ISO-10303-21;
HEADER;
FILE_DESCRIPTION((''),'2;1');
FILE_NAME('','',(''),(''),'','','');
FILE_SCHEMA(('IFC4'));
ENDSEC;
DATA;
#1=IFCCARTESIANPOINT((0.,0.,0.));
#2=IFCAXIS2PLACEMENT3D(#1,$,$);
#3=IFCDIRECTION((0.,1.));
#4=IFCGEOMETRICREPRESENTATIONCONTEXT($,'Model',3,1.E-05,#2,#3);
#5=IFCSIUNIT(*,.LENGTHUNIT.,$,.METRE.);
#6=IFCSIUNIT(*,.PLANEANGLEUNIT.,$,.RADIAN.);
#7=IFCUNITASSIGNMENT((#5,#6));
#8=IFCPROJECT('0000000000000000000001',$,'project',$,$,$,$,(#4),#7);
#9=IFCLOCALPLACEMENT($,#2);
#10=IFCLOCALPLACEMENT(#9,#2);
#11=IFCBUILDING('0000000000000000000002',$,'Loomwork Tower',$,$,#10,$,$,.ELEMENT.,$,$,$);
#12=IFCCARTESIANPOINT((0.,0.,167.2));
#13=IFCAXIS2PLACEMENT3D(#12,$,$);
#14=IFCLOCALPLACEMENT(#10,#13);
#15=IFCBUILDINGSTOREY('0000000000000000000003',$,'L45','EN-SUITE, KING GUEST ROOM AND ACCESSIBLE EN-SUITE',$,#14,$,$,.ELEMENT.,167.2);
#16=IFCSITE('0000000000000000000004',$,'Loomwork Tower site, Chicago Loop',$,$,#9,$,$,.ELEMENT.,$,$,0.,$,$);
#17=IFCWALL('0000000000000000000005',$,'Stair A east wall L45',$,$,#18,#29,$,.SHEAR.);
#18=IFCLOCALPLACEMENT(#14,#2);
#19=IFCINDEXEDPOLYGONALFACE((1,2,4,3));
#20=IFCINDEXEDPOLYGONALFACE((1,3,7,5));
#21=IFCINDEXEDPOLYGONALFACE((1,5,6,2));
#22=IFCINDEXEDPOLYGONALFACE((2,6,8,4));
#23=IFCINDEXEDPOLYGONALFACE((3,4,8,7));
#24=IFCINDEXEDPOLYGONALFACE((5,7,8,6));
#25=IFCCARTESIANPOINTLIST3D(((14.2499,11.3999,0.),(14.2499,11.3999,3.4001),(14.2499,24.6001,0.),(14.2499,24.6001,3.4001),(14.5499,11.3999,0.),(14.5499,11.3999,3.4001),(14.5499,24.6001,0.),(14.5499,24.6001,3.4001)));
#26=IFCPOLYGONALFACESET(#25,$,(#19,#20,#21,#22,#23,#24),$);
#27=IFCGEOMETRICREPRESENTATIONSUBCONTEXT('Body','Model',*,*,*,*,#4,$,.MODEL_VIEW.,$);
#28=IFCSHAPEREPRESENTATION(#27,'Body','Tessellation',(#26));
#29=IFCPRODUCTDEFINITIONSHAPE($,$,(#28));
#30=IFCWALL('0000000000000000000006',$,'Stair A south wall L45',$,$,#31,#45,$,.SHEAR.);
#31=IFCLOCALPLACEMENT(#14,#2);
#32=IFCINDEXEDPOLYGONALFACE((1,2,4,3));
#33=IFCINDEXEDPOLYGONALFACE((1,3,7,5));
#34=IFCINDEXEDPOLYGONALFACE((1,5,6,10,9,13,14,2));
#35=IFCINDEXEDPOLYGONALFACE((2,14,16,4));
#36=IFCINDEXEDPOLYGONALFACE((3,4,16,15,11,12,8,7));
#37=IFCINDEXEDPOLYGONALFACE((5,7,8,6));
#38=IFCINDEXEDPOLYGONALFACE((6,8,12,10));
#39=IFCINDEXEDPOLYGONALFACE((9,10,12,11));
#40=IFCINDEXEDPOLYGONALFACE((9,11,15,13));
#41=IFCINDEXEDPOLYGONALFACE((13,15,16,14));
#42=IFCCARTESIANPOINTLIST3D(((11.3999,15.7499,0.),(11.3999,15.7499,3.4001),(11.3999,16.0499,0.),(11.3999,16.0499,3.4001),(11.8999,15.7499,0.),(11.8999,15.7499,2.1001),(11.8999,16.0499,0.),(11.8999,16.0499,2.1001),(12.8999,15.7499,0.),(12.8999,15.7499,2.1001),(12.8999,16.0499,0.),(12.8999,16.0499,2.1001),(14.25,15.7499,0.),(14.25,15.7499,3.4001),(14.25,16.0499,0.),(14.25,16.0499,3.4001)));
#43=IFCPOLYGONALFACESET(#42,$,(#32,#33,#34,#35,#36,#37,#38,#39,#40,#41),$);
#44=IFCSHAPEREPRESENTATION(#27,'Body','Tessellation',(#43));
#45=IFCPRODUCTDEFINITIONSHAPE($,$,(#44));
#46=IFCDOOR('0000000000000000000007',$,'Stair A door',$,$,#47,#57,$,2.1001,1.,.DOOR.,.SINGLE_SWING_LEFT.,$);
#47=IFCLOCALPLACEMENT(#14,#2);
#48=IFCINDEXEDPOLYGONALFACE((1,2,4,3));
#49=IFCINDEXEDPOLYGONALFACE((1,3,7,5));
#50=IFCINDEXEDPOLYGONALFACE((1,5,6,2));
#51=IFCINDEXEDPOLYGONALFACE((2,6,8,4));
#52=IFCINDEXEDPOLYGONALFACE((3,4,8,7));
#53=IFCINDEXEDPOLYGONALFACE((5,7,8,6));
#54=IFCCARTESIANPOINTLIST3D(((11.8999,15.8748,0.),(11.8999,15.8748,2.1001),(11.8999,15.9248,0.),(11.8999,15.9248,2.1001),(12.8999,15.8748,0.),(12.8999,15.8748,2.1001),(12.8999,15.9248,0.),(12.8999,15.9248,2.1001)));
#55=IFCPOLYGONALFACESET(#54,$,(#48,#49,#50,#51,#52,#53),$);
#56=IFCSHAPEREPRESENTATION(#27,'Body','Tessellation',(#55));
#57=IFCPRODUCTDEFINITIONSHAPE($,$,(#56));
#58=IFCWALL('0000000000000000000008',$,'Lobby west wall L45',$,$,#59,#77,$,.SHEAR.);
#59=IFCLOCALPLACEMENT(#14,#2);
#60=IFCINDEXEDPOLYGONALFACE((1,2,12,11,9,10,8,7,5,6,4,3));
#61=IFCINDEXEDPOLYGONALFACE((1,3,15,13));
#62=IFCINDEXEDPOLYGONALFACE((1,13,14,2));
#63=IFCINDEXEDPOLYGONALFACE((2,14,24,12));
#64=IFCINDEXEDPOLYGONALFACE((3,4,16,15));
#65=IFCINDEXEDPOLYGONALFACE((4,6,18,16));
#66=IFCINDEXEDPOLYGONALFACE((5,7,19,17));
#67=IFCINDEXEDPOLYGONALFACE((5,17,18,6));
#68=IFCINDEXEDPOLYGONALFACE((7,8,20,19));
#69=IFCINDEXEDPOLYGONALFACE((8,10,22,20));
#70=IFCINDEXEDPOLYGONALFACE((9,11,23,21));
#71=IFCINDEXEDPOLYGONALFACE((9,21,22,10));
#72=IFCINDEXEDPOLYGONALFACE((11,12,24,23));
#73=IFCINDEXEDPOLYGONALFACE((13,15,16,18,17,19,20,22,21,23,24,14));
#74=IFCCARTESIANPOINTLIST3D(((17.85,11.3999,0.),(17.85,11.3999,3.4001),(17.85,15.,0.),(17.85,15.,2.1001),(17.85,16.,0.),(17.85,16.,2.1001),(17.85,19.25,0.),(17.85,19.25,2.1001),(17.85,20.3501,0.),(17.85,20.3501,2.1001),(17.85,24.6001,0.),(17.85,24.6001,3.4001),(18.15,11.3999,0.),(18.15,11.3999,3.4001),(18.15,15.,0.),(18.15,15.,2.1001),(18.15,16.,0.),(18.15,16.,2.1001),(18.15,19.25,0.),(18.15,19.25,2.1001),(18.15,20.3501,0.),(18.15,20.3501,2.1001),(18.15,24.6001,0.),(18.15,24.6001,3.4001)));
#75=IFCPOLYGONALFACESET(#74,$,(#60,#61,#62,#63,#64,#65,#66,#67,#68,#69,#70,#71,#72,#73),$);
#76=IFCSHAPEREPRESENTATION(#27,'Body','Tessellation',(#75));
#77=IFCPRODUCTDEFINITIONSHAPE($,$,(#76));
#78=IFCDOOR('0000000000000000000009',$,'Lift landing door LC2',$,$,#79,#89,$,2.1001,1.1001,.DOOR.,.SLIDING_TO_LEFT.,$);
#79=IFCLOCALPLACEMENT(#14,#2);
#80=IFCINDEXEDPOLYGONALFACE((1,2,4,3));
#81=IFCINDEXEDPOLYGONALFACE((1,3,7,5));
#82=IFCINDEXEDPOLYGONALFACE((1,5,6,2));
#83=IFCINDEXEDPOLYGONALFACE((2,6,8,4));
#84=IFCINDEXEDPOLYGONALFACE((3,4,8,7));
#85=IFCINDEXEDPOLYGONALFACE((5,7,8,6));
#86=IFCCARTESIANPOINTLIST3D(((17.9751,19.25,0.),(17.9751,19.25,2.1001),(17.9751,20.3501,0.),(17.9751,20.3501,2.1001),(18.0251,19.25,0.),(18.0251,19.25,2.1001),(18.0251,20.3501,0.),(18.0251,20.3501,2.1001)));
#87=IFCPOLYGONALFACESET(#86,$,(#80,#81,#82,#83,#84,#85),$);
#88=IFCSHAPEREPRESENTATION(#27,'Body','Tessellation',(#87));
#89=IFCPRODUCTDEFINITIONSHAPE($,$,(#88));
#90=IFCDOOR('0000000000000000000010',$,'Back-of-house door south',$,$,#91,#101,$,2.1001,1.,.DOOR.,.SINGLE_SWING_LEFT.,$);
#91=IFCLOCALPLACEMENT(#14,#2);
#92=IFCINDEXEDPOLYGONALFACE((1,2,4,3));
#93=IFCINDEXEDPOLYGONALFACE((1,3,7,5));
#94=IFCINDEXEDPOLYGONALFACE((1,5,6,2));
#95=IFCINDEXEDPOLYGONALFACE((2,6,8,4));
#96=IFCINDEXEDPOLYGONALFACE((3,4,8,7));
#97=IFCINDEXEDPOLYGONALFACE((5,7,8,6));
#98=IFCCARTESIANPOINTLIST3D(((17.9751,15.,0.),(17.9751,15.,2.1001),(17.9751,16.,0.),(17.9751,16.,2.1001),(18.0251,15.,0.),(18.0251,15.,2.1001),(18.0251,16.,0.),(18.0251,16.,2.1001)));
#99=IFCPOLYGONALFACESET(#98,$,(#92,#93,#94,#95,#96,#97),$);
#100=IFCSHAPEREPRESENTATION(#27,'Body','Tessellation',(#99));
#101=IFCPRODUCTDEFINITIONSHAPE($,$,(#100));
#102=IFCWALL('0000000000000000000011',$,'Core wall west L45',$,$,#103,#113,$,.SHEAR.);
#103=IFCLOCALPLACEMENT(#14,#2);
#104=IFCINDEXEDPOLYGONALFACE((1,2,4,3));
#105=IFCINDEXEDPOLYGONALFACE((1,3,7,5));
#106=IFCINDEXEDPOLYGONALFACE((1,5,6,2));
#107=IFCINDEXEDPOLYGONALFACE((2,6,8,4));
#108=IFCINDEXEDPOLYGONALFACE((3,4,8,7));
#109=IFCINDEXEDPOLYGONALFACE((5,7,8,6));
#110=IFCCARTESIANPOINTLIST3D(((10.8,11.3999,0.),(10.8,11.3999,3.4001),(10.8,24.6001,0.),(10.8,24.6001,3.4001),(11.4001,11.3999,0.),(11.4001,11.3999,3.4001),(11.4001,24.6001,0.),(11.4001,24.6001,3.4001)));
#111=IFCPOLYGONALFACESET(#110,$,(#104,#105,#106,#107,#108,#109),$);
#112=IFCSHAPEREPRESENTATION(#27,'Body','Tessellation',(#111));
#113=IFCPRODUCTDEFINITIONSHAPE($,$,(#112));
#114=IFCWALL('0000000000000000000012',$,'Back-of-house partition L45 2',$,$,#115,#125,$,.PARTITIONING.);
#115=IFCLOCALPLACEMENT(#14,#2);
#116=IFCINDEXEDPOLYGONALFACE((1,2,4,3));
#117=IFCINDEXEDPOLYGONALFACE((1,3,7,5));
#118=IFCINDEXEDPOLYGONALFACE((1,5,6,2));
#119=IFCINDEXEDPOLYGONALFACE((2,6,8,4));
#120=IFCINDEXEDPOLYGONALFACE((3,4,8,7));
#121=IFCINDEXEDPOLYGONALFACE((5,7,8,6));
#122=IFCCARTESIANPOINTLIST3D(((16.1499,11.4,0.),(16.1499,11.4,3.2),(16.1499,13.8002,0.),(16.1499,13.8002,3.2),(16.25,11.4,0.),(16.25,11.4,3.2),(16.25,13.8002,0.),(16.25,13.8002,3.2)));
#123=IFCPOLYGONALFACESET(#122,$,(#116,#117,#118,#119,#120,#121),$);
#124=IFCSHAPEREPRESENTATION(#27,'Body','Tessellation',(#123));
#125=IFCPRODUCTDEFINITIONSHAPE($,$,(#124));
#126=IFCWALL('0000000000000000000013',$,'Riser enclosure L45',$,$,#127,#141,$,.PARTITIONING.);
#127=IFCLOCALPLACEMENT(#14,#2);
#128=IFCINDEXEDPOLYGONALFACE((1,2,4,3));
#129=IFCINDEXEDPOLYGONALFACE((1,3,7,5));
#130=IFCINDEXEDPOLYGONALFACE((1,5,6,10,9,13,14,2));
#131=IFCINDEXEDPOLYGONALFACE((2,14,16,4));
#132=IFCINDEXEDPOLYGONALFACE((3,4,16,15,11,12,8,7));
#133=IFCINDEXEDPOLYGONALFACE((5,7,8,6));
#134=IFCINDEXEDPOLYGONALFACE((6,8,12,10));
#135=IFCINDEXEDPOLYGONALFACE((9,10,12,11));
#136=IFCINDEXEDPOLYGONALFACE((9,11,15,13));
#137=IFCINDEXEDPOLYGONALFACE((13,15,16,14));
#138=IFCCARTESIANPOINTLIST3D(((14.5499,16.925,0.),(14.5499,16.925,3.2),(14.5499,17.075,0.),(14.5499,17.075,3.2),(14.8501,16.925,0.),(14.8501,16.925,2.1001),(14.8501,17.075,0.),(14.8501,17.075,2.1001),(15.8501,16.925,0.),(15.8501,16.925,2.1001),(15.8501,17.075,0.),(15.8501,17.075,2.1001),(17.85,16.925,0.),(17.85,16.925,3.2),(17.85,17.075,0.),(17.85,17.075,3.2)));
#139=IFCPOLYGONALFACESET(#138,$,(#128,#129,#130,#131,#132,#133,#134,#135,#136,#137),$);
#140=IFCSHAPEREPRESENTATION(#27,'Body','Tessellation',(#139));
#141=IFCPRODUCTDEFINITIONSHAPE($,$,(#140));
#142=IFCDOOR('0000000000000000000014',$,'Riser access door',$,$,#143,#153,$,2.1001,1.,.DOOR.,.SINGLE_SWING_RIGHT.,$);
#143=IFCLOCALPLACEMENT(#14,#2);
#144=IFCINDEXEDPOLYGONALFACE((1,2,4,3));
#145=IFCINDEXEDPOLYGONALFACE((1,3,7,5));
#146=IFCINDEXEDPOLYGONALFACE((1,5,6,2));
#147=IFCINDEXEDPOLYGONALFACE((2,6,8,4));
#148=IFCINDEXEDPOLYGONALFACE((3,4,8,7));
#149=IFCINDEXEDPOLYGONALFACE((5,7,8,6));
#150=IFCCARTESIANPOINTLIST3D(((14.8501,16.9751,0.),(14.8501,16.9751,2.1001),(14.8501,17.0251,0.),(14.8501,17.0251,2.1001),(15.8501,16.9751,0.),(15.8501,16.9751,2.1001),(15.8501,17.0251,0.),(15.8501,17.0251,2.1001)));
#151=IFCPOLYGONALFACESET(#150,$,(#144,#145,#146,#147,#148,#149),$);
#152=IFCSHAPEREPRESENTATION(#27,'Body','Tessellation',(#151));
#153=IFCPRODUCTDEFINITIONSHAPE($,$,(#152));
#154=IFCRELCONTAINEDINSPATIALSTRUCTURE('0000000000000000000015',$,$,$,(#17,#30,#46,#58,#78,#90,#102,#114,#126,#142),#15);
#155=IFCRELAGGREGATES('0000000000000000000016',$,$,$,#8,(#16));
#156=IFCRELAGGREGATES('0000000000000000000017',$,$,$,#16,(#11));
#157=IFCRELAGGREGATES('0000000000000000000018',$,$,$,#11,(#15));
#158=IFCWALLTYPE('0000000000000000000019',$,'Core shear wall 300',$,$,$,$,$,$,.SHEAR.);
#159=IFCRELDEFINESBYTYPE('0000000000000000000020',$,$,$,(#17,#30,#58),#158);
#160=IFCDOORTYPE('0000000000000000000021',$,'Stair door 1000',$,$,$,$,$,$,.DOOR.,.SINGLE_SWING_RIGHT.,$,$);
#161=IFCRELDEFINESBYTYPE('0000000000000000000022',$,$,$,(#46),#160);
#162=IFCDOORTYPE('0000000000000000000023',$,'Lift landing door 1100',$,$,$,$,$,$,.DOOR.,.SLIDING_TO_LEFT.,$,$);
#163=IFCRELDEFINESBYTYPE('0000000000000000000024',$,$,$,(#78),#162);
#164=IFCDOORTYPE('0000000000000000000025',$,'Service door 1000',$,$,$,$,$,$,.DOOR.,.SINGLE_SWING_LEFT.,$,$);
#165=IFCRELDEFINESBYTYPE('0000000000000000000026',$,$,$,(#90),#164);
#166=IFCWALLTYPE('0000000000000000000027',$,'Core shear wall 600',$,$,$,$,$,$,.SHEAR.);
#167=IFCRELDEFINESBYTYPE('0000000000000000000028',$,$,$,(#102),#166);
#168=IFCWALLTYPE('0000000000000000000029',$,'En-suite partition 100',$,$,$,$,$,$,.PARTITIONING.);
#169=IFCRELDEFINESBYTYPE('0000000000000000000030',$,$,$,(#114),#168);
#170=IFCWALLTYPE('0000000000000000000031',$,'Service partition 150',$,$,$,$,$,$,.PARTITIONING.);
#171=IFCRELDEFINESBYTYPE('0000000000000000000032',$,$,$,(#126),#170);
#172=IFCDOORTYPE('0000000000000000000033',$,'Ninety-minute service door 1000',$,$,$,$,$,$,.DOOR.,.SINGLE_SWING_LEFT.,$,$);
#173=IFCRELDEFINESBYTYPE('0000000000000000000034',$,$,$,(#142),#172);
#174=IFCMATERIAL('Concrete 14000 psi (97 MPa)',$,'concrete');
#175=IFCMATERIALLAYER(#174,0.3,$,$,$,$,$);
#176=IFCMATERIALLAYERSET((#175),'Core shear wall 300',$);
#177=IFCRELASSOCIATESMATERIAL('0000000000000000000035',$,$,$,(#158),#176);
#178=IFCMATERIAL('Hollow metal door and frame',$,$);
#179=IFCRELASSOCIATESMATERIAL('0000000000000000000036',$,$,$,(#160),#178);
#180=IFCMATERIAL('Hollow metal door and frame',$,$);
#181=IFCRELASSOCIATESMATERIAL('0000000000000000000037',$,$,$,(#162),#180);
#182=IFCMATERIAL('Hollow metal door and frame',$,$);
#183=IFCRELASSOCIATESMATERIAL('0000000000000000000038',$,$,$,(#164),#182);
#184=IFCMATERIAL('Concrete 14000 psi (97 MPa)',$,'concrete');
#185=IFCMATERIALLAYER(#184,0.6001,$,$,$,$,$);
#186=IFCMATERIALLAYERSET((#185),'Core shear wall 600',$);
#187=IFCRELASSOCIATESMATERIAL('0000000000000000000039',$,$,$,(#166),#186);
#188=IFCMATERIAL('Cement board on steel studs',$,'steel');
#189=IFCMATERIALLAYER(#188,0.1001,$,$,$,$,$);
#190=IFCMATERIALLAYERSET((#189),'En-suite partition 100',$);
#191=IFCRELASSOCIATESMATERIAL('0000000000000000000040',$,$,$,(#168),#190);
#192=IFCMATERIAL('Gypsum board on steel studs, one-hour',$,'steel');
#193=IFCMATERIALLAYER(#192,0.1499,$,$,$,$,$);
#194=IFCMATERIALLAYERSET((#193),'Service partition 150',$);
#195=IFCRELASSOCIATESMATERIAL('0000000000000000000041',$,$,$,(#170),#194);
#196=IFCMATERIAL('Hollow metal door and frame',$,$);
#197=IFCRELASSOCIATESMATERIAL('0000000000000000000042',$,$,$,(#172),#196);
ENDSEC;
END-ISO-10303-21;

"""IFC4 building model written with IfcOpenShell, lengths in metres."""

from ifc_helpers import new_model, si_unit, direction, frame, frame_2d, origin, place, context, subcontext, project, spatial, rectangle, extrude, material, layer, layer_set, type_object, element, fill, save


model = new_model("IFC4")

# Units and contexts
model_context = context("Model", 3, precision=1e-05, world=origin(), true_north=direction((0.0, 1.0)))
body_context = subcontext(model_context, "Body", "Model", "MODEL_VIEW")
ifc_project = project(units=[si_unit("LENGTHUNIT", "METRE"), si_unit("PLANEANGLEUNIT", "RADIAN")], contexts=[model_context])

# Site, building, storey
site_placement = place(None, origin())
site = spatial("IfcSite", under=ifc_project, at=site_placement, Name="Loomwork Tower site, Chicago Loop", CompositionType="ELEMENT", RefElevation=0.0)
building_placement = place(site_placement, origin())
building = spatial("IfcBuilding", under=site, at=building_placement, Name="Loomwork Tower", CompositionType="ELEMENT")
storey_placement = place(building_placement, frame((0.0, 0.0, 167.2)))
storey = spatial("IfcBuildingStorey", under=building, at=storey_placement, Name="L45", Description="EN-SUITE, KING GUEST ROOM AND ACCESSIBLE EN-SUITE", CompositionType="ELEMENT", Elevation=167.2)

# Wall
ifc_material_1 = material(Name="Concrete 14000 psi (97 MPa)", Category="concrete")
ifc_layer_1 = layer(ifc_material_1, 0.3)
ifc_layer_set_1 = layer_set([ifc_layer_1], Name="Core shear wall 300")
wall_type_1 = type_object("IfcWallType", Name="Core shear wall 300", PredefinedType="SHEAR", material=ifc_layer_set_1)
wall_1_placement = place(storey_placement, frame((14.3999, 11.3999, 0.0), z_axis=(0.0, 0.0, 1.0), x_axis=(0.0, 1.0, 0.0)))
element("IfcWall", 1, at=wall_1_placement, inside=storey, type_object=wall_type_1, Name="Stair A east wall L45", PredefinedType="SHEAR", context=body_context, shape_type="SweptSolid", body=[
    extrude(rectangle(XDim=13.2002, YDim=0.3, at=frame_2d((6.6001, 0.0))), origin(), (0.0, 0.0, 1.0), 3.4001),
])

# Wall, opening, door
wall_2_placement = place(storey_placement, frame((11.3999, 15.8999, 0.0), z_axis=(0.0, 0.0, 1.0), x_axis=(1.0, 0.0, 0.0)))
wall_2 = element("IfcWall", 2, at=wall_2_placement, inside=storey, type_object=wall_type_1, Name="Stair A south wall L45", PredefinedType="SHEAR", context=body_context, shape_type="SweptSolid", body=[
    extrude(rectangle(XDim=2.8501, YDim=0.3, at=frame_2d((1.425, 0.0))), origin(), (0.0, 0.0, 1.0), 3.4001),
])
opening_1_placement = place(wall_2_placement, frame((0.5, 0.0, 0.0)))
opening_1 = element("IfcOpeningElement", 3, at=opening_1_placement, cuts=wall_2, PredefinedType="OPENING", context=body_context, shape_type="SweptSolid", body=[
    extrude(rectangle(XDim=1.0, YDim=2.1001, at=frame_2d((0.5, 1.05))), frame((0.0, 0.1599, 0.0), z_axis=(0.0, -1.0, 0.0), x_axis=(1.0, 0.0, 0.0)), (0.0, 0.0, 1.0), 0.3201),
])
ifc_material_2 = material(Name="Hollow metal door and frame")
door_type_1 = type_object("IfcDoorType", Name="Stair door 1000", OperationType="SINGLE_SWING_RIGHT", PredefinedType="DOOR", material=ifc_material_2)
door_1_placement = place(opening_1_placement, origin())
door_1 = element("IfcDoor", 4, at=door_1_placement, inside=storey, type_object=door_type_1, Name="Stair A door", OperationType="SINGLE_SWING_LEFT", OverallHeight=2.1001, OverallWidth=1.0, PredefinedType="DOOR", context=body_context, shape_type="SweptSolid", body=[
    extrude(rectangle(XDim=1.0, YDim=2.1001, at=frame_2d((0.5, 1.05))), frame((0.0, 0.0249, 0.0), z_axis=(0.0, -1.0, 0.0), x_axis=(1.0, 0.0, 0.0)), (0.0, 0.0, 1.0), 0.05),
])
fill(opening_1, door_1)

# Wall, openings, doors
wall_3_placement = place(storey_placement, frame((18.0, 11.3999, 0.0), z_axis=(0.0, 0.0, 1.0), x_axis=(0.0, 1.0, 0.0)))
wall_3 = element("IfcWall", 5, at=wall_3_placement, inside=storey, type_object=wall_type_1, Name="Lobby west wall L45", PredefinedType="SHEAR", context=body_context, shape_type="SweptSolid", body=[
    extrude(rectangle(XDim=13.2002, YDim=0.3, at=frame_2d((6.6001, 0.0))), origin(), (0.0, 0.0, 1.0), 3.4001),
])
opening_2_placement = place(wall_3_placement, frame((3.6001, 0.0, 0.0)))
opening_2 = element("IfcOpeningElement", 6, at=opening_2_placement, cuts=wall_3, PredefinedType="OPENING", context=body_context, shape_type="SweptSolid", body=[
    extrude(rectangle(XDim=1.0, YDim=2.1001, at=frame_2d((0.5, 1.05))), frame((0.0, 0.1599, 0.0), z_axis=(0.0, -1.0, 0.0), x_axis=(1.0, 0.0, 0.0)), (0.0, 0.0, 1.0), 0.3201),
])
opening_3_placement = place(wall_3_placement, frame((7.8501, 0.0, 0.0)))
opening_3 = element("IfcOpeningElement", 7, at=opening_3_placement, cuts=wall_3, PredefinedType="OPENING", context=body_context, shape_type="SweptSolid", body=[
    extrude(rectangle(XDim=1.1001, YDim=2.1001, at=frame_2d((0.55, 1.05))), frame((0.0, 0.1599, 0.0), z_axis=(0.0, -1.0, 0.0), x_axis=(1.0, 0.0, 0.0)), (0.0, 0.0, 1.0), 0.3201),
])
ifc_material_3 = material(Name="Hollow metal door and frame")
door_type_2 = type_object("IfcDoorType", Name="Lift landing door 1100", OperationType="SLIDING_TO_LEFT", PredefinedType="DOOR", material=ifc_material_3)
door_2_placement = place(opening_3_placement, origin())
door_2 = element("IfcDoor", 8, at=door_2_placement, inside=storey, type_object=door_type_2, Name="Lift landing door LC2", OperationType="SLIDING_TO_LEFT", OverallHeight=2.1001, OverallWidth=1.1001, PredefinedType="DOOR", context=body_context, shape_type="SweptSolid", body=[
    extrude(rectangle(XDim=1.1001, YDim=2.1001, at=frame_2d((0.55, 1.05))), frame((0.0, 0.0249, 0.0), z_axis=(0.0, -1.0, 0.0), x_axis=(1.0, 0.0, 0.0)), (0.0, 0.0, 1.0), 0.05),
])
fill(opening_3, door_2)
ifc_material_4 = material(Name="Hollow metal door and frame")
door_type_3 = type_object("IfcDoorType", Name="Service door 1000", OperationType="SINGLE_SWING_LEFT", PredefinedType="DOOR", material=ifc_material_4)
door_3_placement = place(opening_2_placement, origin())
door_3 = element("IfcDoor", 9, at=door_3_placement, inside=storey, type_object=door_type_3, Name="Back-of-house door south", OperationType="SINGLE_SWING_LEFT", OverallHeight=2.1001, OverallWidth=1.0, PredefinedType="DOOR", context=body_context, shape_type="SweptSolid", body=[
    extrude(rectangle(XDim=1.0, YDim=2.1001, at=frame_2d((0.5, 1.05))), frame((0.0, 0.0249, 0.0), z_axis=(0.0, -1.0, 0.0), x_axis=(1.0, 0.0, 0.0)), (0.0, 0.0, 1.0), 0.05),
])
fill(opening_2, door_3)

# Walls
ifc_material_5 = material(Name="Concrete 14000 psi (97 MPa)", Category="concrete")
ifc_layer_2 = layer(ifc_material_5, 0.6001)
ifc_layer_set_2 = layer_set([ifc_layer_2], Name="Core shear wall 600")
wall_type_2 = type_object("IfcWallType", Name="Core shear wall 600", PredefinedType="SHEAR", material=ifc_layer_set_2)
wall_4_placement = place(storey_placement, frame((11.1001, 11.3999, 0.0), z_axis=(0.0, 0.0, 1.0), x_axis=(0.0, 1.0, 0.0)))
element("IfcWall", 10, at=wall_4_placement, inside=storey, type_object=wall_type_2, Name="Core wall west L45", PredefinedType="SHEAR", context=body_context, shape_type="SweptSolid", body=[
    extrude(rectangle(XDim=13.2002, YDim=0.6001, at=frame_2d((6.6001, 0.0))), origin(), (0.0, 0.0, 1.0), 3.4001),
])
ifc_material_6 = material(Name="Cement board on steel studs", Category="steel")
ifc_layer_3 = layer(ifc_material_6, 0.1001)
ifc_layer_set_3 = layer_set([ifc_layer_3], Name="En-suite partition 100")
wall_type_3 = type_object("IfcWallType", Name="En-suite partition 100", PredefinedType="PARTITIONING", material=ifc_layer_set_3)
wall_5_placement = place(storey_placement, frame((16.2, 11.3999, 0.0), z_axis=(0.0, 0.0, 1.0), x_axis=(0.0, 1.0, 0.0)))
element("IfcWall", 11, at=wall_5_placement, inside=storey, type_object=wall_type_3, Name="Back-of-house partition L45 2", PredefinedType="PARTITIONING", context=body_context, shape_type="SweptSolid", body=[
    extrude(rectangle(XDim=2.4001, YDim=0.1001, at=frame_2d((1.2002, 0.0))), origin(), (0.0, 0.0, 1.0), 3.2),
])

# Wall, opening, door
ifc_material_7 = material(Name="Gypsum board on steel studs, one-hour", Category="steel")
ifc_layer_4 = layer(ifc_material_7, 0.1499)
ifc_layer_set_4 = layer_set([ifc_layer_4], Name="Service partition 150")
wall_type_4 = type_object("IfcWallType", Name="Service partition 150", PredefinedType="PARTITIONING", material=ifc_layer_set_4)
wall_6_placement = place(storey_placement, frame((14.55, 17.0, 0.0), z_axis=(0.0, 0.0, 1.0), x_axis=(1.0, 0.0, 0.0)))
wall_6 = element("IfcWall", 12, at=wall_6_placement, inside=storey, type_object=wall_type_4, Name="Riser enclosure L45", PredefinedType="PARTITIONING", context=body_context, shape_type="SweptSolid", body=[
    extrude(rectangle(XDim=3.3, YDim=0.1499, at=frame_2d((1.6499, 0.0))), origin(), (0.0, 0.0, 1.0), 3.2),
])
opening_4_placement = place(wall_6_placement, frame((0.3, 0.0, 0.0)))
opening_4 = element("IfcOpeningElement", 13, at=opening_4_placement, cuts=wall_6, PredefinedType="OPENING", context=body_context, shape_type="SweptSolid", body=[
    extrude(rectangle(XDim=1.0, YDim=2.1001, at=frame_2d((0.5, 1.05))), frame((0.0, 0.085, 0.0), z_axis=(0.0, -1.0, 0.0), x_axis=(1.0, 0.0, 0.0)), (0.0, 0.0, 1.0), 0.1699),
])
ifc_material_8 = material(Name="Hollow metal door and frame")
door_type_4 = type_object("IfcDoorType", Name="Ninety-minute service door 1000", OperationType="SINGLE_SWING_LEFT", PredefinedType="DOOR", material=ifc_material_8)
door_4_placement = place(opening_4_placement, frame((1.0, 0.0, 0.0), z_axis=(0.0, 0.0, 1.0), x_axis=(-1.0, 0.0, 0.0)))
door_4 = element("IfcDoor", 14, at=door_4_placement, inside=storey, type_object=door_type_4, Name="Riser access door", OperationType="SINGLE_SWING_RIGHT", OverallHeight=2.1001, OverallWidth=1.0, PredefinedType="DOOR", context=body_context, shape_type="SweptSolid", body=[
    extrude(rectangle(XDim=1.0, YDim=2.1001, at=frame_2d((0.5, 1.05))), frame((0.0, 0.0249, 0.0), z_axis=(0.0, -1.0, 0.0), x_axis=(1.0, 0.0, 0.0)), (0.0, 0.0, 1.0), 0.05),
])
fill(opening_4, door_4)

save(model, "model.ifc")
